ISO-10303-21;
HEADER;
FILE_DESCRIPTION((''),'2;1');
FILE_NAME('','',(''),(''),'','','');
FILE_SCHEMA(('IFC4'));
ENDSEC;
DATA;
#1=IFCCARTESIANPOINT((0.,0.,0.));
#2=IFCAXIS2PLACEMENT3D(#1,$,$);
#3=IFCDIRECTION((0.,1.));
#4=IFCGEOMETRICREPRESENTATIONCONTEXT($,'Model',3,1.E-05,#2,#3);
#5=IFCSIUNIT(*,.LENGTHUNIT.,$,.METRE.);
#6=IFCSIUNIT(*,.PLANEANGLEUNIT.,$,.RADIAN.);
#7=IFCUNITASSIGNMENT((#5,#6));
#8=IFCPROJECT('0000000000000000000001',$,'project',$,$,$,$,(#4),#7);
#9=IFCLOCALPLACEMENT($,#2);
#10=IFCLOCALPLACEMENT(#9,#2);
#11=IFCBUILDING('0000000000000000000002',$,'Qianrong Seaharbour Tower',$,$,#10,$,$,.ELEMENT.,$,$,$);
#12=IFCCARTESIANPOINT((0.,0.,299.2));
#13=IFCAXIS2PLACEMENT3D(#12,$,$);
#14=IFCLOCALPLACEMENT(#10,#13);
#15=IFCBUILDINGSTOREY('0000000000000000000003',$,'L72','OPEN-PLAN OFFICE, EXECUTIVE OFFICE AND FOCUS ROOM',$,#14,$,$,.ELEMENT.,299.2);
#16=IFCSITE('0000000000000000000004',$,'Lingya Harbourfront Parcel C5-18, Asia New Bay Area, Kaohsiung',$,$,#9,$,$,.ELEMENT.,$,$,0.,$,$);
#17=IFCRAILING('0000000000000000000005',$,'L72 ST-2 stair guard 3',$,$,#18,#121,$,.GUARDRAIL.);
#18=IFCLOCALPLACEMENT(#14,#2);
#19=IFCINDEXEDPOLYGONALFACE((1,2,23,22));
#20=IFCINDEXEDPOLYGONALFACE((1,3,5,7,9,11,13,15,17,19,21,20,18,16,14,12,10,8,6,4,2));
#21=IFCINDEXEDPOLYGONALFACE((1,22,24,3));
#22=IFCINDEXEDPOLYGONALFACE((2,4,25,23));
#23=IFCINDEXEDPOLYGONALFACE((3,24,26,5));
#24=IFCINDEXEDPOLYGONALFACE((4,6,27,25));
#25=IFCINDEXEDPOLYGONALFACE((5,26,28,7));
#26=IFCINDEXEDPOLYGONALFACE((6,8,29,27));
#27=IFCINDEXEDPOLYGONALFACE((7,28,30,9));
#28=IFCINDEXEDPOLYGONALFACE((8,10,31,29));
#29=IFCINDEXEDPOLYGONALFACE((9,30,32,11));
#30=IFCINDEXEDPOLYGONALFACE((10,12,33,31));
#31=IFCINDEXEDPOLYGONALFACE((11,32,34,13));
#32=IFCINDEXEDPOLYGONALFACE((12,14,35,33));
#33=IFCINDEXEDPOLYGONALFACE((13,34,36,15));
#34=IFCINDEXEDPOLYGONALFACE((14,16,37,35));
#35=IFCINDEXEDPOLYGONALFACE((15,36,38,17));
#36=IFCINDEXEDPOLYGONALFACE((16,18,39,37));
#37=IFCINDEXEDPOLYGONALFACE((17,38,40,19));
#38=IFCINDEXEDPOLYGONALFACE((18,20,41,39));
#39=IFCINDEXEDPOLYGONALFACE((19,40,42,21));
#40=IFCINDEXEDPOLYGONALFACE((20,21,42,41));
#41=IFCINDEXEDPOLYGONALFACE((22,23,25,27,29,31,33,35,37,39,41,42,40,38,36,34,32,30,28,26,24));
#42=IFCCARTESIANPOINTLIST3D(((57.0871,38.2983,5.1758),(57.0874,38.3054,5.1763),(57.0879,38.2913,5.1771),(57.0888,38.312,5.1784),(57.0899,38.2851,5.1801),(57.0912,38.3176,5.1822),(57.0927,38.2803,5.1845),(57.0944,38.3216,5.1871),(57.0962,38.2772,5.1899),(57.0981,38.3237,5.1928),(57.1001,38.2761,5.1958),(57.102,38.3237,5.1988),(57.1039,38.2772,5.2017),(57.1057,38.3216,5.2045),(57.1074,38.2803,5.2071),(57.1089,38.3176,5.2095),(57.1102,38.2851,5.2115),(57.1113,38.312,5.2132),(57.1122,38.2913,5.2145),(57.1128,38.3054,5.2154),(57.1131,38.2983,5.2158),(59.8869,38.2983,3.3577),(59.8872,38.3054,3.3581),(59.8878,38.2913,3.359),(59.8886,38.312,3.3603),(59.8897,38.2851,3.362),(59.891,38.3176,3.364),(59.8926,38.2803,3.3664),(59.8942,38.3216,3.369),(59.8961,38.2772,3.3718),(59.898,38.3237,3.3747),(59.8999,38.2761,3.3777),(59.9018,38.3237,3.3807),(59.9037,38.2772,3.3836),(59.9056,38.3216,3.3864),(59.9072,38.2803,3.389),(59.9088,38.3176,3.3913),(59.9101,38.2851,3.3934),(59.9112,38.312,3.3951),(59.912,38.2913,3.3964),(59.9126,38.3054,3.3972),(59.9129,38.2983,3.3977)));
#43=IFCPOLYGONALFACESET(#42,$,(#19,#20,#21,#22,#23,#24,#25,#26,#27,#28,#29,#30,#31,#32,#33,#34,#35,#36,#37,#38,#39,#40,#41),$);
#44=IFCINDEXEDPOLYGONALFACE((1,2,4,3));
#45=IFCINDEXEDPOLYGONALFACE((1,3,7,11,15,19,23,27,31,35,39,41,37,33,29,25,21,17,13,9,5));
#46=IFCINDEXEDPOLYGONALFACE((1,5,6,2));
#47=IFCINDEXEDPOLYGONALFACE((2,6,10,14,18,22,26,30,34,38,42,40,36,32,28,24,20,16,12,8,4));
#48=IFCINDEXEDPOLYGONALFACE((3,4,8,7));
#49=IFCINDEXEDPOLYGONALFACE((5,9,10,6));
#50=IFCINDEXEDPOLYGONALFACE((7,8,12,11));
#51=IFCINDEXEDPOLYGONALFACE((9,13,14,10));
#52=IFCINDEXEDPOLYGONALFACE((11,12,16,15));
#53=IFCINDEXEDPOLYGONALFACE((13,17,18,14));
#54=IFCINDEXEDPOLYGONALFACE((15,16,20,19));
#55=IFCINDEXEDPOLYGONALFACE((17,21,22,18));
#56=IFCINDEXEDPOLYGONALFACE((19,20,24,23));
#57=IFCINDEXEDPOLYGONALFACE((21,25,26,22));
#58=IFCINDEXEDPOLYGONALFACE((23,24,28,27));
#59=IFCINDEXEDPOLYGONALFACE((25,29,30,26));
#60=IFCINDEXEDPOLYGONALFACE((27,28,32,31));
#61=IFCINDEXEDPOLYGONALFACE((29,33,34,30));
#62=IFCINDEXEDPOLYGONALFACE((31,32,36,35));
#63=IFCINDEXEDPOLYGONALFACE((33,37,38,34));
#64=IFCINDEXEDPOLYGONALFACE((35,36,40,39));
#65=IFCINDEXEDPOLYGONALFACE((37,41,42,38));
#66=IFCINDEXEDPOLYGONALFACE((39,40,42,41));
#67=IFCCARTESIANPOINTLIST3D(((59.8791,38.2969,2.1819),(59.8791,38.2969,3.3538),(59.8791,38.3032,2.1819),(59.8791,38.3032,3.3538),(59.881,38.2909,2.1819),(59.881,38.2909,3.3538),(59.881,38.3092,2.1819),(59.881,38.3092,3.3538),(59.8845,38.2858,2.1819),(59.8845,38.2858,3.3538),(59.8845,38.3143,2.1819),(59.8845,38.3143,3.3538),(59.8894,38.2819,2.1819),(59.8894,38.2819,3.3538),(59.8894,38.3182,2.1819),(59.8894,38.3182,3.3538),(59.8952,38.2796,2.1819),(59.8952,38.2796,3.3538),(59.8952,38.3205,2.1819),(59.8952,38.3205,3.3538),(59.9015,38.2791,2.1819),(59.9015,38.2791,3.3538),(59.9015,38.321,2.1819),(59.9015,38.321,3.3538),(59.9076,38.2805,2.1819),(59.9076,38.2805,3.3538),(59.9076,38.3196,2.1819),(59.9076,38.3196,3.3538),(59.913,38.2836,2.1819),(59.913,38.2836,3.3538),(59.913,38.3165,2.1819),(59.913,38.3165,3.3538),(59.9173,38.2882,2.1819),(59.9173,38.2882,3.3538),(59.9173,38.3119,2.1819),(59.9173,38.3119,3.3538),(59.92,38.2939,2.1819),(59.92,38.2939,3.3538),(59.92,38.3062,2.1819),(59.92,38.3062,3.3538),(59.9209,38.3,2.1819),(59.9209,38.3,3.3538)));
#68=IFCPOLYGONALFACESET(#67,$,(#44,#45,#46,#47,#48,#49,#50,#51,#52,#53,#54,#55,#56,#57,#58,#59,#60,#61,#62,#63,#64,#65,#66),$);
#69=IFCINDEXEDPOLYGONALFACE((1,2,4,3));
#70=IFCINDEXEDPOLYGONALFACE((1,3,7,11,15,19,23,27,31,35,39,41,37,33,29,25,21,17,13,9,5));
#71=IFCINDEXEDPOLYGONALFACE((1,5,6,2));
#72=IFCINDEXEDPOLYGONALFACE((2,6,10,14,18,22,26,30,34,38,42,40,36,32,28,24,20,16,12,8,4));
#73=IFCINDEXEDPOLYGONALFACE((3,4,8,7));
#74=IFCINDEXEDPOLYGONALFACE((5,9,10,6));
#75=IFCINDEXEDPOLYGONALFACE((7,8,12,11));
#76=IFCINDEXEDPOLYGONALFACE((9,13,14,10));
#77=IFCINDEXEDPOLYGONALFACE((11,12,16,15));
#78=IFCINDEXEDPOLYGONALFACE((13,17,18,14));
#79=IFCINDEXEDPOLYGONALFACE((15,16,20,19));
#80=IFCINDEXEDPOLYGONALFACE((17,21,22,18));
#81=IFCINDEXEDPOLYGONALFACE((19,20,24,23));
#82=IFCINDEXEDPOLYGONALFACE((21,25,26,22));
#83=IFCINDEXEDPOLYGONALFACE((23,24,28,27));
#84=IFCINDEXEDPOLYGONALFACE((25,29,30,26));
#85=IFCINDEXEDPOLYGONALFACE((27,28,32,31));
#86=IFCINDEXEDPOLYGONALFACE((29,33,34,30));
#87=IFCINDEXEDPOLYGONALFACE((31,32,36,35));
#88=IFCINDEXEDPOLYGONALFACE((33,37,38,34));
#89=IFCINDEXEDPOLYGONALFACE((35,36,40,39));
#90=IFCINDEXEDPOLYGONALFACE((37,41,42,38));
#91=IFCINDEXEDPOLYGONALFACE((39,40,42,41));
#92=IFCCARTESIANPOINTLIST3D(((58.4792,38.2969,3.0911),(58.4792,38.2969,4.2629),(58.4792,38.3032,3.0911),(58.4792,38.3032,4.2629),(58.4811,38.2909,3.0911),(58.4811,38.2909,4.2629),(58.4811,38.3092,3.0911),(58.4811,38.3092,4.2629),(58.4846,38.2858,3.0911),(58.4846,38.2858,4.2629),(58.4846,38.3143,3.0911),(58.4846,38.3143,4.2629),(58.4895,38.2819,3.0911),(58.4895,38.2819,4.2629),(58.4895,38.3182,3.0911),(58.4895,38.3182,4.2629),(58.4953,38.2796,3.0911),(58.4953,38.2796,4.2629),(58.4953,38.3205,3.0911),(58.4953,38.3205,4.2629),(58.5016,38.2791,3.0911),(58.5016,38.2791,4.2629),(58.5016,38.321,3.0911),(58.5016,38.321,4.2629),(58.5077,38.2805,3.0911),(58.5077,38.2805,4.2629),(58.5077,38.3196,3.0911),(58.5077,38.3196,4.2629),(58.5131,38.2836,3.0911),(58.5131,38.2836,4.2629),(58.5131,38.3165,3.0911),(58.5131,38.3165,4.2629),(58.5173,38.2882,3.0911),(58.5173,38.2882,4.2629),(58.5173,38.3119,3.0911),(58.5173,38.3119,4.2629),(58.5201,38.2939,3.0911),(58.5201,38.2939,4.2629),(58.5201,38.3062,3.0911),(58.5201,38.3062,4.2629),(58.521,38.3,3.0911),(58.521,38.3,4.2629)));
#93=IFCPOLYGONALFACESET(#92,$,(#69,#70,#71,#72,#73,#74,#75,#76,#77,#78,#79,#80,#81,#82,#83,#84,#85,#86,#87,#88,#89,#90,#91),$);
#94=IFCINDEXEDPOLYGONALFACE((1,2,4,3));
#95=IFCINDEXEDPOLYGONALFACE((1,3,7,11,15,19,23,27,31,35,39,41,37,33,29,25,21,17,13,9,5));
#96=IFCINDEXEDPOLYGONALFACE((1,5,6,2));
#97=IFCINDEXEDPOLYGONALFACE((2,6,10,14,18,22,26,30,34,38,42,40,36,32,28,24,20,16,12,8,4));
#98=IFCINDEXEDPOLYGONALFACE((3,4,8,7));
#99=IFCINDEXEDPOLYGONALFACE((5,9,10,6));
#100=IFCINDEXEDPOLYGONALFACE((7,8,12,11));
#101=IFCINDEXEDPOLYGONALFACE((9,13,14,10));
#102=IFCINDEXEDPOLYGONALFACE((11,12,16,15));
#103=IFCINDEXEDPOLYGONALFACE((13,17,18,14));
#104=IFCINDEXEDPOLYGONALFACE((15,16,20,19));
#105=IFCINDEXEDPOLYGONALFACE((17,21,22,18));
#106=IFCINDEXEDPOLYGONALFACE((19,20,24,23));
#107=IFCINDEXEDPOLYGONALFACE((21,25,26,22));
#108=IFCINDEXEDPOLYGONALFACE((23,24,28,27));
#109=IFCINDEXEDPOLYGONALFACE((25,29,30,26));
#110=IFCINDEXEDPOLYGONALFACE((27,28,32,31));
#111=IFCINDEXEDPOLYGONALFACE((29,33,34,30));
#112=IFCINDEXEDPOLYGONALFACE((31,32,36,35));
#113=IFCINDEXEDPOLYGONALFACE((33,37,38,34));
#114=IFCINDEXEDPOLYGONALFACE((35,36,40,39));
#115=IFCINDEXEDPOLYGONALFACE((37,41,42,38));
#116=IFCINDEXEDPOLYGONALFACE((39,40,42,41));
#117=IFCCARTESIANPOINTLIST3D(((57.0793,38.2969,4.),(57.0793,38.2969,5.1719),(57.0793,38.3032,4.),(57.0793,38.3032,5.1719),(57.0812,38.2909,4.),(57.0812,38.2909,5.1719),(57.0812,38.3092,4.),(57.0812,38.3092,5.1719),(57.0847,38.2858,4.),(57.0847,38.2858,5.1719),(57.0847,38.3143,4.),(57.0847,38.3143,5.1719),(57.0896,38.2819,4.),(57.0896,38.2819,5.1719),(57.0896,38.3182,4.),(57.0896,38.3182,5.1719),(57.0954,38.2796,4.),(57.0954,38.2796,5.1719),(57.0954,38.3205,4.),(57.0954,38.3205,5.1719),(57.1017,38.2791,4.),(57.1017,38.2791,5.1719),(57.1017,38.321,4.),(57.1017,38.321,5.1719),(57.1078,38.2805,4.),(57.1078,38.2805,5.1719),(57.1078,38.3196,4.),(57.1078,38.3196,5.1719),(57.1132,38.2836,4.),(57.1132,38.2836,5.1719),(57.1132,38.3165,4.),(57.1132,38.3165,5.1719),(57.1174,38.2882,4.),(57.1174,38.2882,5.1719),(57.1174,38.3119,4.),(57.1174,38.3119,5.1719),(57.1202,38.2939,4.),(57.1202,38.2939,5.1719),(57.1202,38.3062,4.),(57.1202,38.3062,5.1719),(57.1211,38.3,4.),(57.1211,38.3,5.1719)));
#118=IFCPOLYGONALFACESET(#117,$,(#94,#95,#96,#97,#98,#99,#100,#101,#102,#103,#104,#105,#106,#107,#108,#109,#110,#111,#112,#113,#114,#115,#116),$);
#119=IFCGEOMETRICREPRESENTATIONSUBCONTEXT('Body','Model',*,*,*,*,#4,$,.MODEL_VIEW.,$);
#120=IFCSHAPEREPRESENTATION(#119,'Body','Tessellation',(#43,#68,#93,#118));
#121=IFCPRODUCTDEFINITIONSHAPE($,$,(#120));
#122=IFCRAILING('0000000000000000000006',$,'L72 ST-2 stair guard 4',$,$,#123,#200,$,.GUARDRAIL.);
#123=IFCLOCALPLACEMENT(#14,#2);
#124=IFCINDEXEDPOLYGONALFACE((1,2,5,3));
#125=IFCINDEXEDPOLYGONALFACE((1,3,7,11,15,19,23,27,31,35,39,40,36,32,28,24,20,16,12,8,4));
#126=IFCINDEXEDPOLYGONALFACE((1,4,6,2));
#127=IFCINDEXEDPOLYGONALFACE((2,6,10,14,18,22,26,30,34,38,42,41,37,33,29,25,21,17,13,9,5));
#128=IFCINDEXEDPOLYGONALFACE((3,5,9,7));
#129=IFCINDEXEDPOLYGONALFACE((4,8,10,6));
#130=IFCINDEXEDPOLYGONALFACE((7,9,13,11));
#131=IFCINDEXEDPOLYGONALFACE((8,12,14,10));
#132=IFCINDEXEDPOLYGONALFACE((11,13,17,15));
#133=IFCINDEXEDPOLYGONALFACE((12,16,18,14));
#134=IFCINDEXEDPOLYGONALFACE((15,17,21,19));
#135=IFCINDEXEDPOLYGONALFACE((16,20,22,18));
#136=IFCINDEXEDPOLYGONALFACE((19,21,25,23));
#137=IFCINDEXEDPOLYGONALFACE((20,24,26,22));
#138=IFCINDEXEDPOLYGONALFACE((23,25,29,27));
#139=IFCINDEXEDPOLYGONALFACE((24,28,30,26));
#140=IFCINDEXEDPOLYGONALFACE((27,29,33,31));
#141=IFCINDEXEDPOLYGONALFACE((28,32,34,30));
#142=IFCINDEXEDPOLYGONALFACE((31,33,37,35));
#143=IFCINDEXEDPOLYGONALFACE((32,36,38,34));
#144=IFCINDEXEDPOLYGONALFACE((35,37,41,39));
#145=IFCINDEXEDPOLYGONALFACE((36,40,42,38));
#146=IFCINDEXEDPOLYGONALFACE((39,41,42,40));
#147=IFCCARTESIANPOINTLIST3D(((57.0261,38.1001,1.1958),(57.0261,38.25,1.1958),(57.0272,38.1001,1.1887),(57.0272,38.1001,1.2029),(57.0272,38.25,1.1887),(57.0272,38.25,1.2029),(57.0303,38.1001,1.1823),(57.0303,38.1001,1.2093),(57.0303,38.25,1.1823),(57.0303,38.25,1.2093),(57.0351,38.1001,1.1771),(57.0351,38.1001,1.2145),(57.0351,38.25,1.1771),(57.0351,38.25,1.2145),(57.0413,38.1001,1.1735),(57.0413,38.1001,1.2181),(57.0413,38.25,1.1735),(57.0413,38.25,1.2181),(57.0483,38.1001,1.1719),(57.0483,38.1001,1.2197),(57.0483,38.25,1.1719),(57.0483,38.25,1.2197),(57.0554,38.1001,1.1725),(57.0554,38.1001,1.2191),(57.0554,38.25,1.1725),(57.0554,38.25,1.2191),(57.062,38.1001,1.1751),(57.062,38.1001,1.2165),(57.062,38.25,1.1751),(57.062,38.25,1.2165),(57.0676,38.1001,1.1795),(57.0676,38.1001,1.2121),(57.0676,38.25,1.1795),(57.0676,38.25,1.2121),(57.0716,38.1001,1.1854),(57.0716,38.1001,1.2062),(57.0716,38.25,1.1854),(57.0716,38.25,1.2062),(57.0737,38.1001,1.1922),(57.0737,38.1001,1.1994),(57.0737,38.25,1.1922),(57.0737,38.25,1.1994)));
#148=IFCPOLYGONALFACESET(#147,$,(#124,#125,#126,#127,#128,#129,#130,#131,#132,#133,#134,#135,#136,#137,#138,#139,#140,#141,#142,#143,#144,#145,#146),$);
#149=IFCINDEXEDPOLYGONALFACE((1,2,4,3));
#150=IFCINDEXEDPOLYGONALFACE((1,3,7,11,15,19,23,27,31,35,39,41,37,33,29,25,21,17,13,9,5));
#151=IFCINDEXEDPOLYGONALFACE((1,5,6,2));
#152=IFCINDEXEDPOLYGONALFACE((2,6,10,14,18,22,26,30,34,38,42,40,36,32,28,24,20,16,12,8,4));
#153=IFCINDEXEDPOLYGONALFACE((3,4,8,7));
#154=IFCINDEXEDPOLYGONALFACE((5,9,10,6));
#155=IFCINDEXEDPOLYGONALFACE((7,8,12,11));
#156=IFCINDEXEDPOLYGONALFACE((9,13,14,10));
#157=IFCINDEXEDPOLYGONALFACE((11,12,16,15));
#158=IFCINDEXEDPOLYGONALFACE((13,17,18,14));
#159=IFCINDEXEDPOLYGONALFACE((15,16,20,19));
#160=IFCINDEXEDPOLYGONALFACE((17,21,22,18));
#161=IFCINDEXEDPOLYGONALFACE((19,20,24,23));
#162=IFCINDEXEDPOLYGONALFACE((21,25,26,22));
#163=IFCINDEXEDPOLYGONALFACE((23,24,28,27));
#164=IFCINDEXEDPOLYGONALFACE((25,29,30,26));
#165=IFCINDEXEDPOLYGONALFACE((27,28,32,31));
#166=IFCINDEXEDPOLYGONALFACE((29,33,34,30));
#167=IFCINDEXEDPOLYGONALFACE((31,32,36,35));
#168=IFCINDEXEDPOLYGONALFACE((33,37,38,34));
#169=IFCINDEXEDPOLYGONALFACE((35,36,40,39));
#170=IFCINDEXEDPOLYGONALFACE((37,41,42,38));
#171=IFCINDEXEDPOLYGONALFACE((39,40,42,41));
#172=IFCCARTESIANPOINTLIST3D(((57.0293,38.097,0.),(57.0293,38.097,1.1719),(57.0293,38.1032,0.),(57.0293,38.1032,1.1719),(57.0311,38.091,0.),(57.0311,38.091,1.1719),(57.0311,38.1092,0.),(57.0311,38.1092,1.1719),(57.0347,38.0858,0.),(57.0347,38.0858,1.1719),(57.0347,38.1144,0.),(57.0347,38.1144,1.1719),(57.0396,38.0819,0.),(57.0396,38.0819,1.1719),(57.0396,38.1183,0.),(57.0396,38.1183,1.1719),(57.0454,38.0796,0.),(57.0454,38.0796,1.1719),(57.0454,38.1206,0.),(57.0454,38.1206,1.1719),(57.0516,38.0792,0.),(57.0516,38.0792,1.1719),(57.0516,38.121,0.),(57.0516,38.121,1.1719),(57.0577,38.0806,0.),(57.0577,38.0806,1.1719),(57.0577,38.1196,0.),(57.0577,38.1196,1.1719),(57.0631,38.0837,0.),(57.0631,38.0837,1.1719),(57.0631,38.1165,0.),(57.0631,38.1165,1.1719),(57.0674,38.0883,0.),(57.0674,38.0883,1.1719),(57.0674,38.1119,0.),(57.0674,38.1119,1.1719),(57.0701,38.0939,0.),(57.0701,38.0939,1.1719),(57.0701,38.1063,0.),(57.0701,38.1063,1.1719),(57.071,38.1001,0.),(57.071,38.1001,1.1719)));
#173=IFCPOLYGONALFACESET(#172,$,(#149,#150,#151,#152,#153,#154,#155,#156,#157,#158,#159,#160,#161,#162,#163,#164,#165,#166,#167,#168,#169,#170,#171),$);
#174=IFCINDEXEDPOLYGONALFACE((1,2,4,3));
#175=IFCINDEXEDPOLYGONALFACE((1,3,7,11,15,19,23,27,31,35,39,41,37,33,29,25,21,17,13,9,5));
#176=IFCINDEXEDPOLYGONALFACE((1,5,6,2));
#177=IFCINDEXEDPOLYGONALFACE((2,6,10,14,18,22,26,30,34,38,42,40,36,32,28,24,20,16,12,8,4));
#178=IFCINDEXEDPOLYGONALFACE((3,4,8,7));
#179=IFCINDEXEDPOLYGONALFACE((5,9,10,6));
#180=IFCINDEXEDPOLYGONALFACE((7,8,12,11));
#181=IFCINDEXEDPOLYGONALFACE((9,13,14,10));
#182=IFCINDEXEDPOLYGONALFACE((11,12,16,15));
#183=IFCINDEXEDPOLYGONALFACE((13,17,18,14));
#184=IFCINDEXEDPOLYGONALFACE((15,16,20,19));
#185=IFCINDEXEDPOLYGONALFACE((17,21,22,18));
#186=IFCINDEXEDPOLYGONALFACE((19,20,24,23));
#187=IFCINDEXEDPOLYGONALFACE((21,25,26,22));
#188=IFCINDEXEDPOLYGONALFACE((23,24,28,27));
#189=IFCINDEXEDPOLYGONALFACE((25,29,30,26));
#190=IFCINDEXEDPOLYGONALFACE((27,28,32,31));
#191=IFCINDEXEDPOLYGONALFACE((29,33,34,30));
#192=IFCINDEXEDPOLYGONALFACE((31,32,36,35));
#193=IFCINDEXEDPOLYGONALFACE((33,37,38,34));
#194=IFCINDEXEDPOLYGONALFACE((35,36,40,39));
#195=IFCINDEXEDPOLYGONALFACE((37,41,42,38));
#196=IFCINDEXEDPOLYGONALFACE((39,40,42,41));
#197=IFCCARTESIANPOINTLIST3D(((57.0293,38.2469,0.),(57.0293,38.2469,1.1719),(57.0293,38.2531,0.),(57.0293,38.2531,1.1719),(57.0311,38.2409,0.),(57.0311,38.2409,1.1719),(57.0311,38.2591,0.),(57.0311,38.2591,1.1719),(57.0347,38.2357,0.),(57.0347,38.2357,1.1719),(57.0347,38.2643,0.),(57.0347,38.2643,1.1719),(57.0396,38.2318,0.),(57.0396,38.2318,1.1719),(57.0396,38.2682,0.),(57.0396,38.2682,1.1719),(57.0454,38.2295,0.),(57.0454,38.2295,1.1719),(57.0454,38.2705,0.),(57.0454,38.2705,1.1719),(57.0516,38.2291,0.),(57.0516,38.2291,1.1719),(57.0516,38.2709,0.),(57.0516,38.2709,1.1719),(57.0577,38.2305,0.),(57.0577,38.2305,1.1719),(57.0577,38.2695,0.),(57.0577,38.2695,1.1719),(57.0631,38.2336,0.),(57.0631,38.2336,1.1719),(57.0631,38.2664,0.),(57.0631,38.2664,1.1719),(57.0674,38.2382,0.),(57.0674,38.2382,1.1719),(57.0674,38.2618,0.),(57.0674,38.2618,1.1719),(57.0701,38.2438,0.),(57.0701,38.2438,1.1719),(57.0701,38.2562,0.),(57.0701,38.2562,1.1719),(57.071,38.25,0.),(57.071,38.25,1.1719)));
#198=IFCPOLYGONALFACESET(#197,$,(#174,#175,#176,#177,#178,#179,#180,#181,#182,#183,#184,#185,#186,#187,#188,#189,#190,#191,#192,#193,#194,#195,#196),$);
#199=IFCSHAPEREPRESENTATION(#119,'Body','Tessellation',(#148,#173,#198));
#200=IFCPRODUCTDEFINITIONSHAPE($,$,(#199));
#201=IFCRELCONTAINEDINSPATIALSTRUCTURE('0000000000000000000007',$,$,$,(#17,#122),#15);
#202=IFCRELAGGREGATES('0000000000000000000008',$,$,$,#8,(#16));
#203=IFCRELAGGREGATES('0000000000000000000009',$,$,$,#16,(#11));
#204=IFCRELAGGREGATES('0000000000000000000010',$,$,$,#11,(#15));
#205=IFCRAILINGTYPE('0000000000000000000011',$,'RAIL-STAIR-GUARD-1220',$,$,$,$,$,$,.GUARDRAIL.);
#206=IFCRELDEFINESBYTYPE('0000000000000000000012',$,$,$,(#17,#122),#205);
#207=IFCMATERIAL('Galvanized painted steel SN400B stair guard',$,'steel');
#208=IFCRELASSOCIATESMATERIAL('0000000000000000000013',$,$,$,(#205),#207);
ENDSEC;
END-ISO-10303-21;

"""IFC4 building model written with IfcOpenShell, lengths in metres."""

from ifc_helpers import new_model, si_unit, direction, frame, origin, origin_2d, place, context, subcontext, project, spatial, circle, extrude, material, type_object, element, save


model = new_model("IFC4")

# Units and contexts
model_context = context("Model", 3, precision=1e-05, world=origin(), true_north=direction((0.0, 1.0)))
body_context = subcontext(model_context, "Body", "Model", "MODEL_VIEW")
ifc_project = project(units=[si_unit("LENGTHUNIT", "METRE"), si_unit("PLANEANGLEUNIT", "RADIAN")], contexts=[model_context])

# Site, building, storey
site_placement = place(None, origin())
site = spatial("IfcSite", under=ifc_project, at=site_placement, Name="Lingya Harbourfront Parcel C5-18, Asia New Bay Area, Kaohsiung", CompositionType="ELEMENT", RefElevation=0.0)
building_placement = place(site_placement, origin())
building = spatial("IfcBuilding", under=site, at=building_placement, Name="Qianrong Seaharbour Tower", CompositionType="ELEMENT")
storey_placement = place(building_placement, frame((0.0, 0.0, 299.2)))
storey = spatial("IfcBuildingStorey", under=building, at=storey_placement, Name="L72", Description="OPEN-PLAN OFFICE, EXECUTIVE OFFICE AND FOCUS ROOM", CompositionType="ELEMENT", Elevation=299.2)

# Railings
ifc_material_1 = material(Name="Galvanized painted steel SN400B stair guard", Category="steel")
railing_type_1 = type_object("IfcRailingType", Name="RAIL-STAIR-GUARD-1220", PredefinedType="GUARDRAIL", material=ifc_material_1)
railing_1_placement = place(storey_placement, frame((59.8999, 38.3, 2.1819)))
element("IfcRailing", 1, at=railing_1_placement, inside=storey, type_object=railing_type_1, Name="L72 ST-2 stair guard 3", PredefinedType="GUARDRAIL", context=body_context, shape_type="SweptSolid", body=[
    extrude(circle(Radius=0.0239, at=origin_2d()), frame((0.0, 0.0, 1.1958), z_axis=(-0.838684, 0.0, 0.544618), x_axis=(0.0, -1.0, 0.0)), (0.0, 0.0, 1.0), 3.3384),
    extrude(circle(Radius=0.021, at=origin_2d()), origin(), (0.0, 0.0, 1.0), 1.1719),
    extrude(circle(Radius=0.021, at=origin_2d()), frame((-1.3999, 0.0, 0.9092)), (0.0, 0.0, 1.0), 1.1719),
    extrude(circle(Radius=0.021, at=origin_2d()), frame((-2.7998, 0.0, 1.8181)), (0.0, 0.0, 1.0), 1.1719),
])
railing_2_placement = place(storey_placement, frame((57.05, 38.1001, 0.0)))
element("IfcRailing", 2, at=railing_2_placement, inside=storey, type_object=railing_type_1, Name="L72 ST-2 stair guard 4", PredefinedType="GUARDRAIL", context=body_context, shape_type="SweptSolid", body=[
    extrude(circle(Radius=0.0239, at=origin_2d()), frame((0.0, 0.0, 1.1958), z_axis=(0.0, 1.0, 0.0), x_axis=(-1.0, 0.0, 0.0)), (0.0, 0.0, 1.0), 0.1499),
    extrude(circle(Radius=0.021, at=origin_2d()), origin(), (0.0, 0.0, 1.0), 1.1719),
    extrude(circle(Radius=0.021, at=origin_2d()), frame((0.0, 0.1499, 0.0)), (0.0, 0.0, 1.0), 1.1719),
])

save(model, "model.ifc")
